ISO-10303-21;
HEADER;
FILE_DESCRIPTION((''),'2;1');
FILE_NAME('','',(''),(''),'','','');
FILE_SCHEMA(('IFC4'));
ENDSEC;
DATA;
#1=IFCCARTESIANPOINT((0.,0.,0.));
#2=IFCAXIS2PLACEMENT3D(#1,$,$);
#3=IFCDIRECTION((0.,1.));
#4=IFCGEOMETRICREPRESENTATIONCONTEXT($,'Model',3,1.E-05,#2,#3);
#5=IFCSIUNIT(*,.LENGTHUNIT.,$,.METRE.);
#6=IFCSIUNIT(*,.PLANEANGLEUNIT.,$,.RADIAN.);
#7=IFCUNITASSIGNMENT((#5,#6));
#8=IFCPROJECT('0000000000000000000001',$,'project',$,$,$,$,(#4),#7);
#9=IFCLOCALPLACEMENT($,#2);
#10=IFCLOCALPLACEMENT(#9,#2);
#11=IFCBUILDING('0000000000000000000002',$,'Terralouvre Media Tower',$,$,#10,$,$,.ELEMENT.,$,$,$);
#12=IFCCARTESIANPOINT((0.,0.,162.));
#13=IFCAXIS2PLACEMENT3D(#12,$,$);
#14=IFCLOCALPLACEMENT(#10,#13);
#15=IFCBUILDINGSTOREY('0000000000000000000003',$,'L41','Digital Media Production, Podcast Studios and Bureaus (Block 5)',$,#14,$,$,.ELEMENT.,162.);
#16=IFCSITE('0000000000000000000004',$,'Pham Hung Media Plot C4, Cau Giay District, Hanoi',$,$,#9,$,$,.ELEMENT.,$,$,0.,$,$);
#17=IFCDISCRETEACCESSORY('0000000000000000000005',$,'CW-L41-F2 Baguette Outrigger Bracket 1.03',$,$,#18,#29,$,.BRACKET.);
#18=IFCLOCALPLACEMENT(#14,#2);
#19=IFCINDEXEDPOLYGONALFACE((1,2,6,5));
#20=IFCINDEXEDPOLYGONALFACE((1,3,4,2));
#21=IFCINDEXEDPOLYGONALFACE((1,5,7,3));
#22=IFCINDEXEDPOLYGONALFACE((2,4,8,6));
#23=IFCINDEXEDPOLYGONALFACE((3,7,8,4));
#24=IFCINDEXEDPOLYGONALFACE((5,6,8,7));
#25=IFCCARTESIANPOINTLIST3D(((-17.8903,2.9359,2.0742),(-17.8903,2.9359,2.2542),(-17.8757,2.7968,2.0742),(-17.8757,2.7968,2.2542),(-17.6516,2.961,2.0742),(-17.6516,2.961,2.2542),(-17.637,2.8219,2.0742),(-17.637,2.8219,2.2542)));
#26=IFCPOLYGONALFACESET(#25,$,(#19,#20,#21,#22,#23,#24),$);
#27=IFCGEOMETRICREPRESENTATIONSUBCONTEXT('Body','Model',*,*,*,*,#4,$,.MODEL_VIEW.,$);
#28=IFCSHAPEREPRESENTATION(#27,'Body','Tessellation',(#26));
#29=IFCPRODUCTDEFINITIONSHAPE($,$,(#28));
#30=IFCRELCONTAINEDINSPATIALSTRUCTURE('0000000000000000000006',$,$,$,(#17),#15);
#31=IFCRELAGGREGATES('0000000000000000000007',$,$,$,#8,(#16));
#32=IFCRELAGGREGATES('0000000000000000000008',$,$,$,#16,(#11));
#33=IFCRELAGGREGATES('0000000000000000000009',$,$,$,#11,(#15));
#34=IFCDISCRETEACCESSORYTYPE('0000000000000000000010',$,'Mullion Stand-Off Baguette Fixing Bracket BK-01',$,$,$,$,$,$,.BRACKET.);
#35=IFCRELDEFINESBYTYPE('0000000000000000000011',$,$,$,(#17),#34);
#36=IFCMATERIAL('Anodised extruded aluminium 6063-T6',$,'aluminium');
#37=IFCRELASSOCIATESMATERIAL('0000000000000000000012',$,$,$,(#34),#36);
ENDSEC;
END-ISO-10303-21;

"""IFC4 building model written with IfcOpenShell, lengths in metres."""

from ifc_helpers import new_model, si_unit, direction, frame, origin, origin_2d, place, context, subcontext, project, spatial, rectangle, extrude, material, type_object, element, save


model = new_model("IFC4")

# Units and contexts
model_context = context("Model", 3, precision=1e-05, world=origin(), true_north=direction((0.0, 1.0)))
body_context = subcontext(model_context, "Body", "Model", "MODEL_VIEW")
ifc_project = project(units=[si_unit("LENGTHUNIT", "METRE"), si_unit("PLANEANGLEUNIT", "RADIAN")], contexts=[model_context])

# Site, building, storey
site_placement = place(None, origin())
site = spatial("IfcSite", under=ifc_project, at=site_placement, Name="Pham Hung Media Plot C4, Cau Giay District, Hanoi", CompositionType="ELEMENT", RefElevation=0.0)
building_placement = place(site_placement, origin())
building = spatial("IfcBuilding", under=site, at=building_placement, Name="Terralouvre Media Tower", CompositionType="ELEMENT")
storey_placement = place(building_placement, frame((0.0, 0.0, 162.0)))
storey = spatial("IfcBuildingStorey", under=building, at=storey_placement, Name="L41", Description="Digital Media Production, Podcast Studios and Bureaus (Block 5)", CompositionType="ELEMENT", Elevation=162.0)

# Discrete accessory
ifc_material_1 = material(Name="Anodised extruded aluminium 6063-T6", Category="aluminium")
discrete_accessory_type = type_object("IfcDiscreteAccessoryType", Name="Mullion Stand-Off Baguette Fixing Bracket BK-01", PredefinedType="BRACKET", material=ifc_material_1)
discrete_accessory_placement = place(storey_placement, frame((-17.7637, 2.8789, 2.0742), z_axis=(0.0, 0.0, 1.0), x_axis=(0.104528, -0.994522, 0.0)))
element("IfcDiscreteAccessory", 1, at=discrete_accessory_placement, inside=storey, type_object=discrete_accessory_type, Name="CW-L41-F2 Baguette Outrigger Bracket 1.03", PredefinedType="BRACKET", context=body_context, shape_type="SweptSolid", body=[
    extrude(rectangle(XDim=0.1399, YDim=0.24, at=origin_2d()), origin(), (0.0, 0.0, 1.0), 0.1799),
])

save(model, "model.ifc")
